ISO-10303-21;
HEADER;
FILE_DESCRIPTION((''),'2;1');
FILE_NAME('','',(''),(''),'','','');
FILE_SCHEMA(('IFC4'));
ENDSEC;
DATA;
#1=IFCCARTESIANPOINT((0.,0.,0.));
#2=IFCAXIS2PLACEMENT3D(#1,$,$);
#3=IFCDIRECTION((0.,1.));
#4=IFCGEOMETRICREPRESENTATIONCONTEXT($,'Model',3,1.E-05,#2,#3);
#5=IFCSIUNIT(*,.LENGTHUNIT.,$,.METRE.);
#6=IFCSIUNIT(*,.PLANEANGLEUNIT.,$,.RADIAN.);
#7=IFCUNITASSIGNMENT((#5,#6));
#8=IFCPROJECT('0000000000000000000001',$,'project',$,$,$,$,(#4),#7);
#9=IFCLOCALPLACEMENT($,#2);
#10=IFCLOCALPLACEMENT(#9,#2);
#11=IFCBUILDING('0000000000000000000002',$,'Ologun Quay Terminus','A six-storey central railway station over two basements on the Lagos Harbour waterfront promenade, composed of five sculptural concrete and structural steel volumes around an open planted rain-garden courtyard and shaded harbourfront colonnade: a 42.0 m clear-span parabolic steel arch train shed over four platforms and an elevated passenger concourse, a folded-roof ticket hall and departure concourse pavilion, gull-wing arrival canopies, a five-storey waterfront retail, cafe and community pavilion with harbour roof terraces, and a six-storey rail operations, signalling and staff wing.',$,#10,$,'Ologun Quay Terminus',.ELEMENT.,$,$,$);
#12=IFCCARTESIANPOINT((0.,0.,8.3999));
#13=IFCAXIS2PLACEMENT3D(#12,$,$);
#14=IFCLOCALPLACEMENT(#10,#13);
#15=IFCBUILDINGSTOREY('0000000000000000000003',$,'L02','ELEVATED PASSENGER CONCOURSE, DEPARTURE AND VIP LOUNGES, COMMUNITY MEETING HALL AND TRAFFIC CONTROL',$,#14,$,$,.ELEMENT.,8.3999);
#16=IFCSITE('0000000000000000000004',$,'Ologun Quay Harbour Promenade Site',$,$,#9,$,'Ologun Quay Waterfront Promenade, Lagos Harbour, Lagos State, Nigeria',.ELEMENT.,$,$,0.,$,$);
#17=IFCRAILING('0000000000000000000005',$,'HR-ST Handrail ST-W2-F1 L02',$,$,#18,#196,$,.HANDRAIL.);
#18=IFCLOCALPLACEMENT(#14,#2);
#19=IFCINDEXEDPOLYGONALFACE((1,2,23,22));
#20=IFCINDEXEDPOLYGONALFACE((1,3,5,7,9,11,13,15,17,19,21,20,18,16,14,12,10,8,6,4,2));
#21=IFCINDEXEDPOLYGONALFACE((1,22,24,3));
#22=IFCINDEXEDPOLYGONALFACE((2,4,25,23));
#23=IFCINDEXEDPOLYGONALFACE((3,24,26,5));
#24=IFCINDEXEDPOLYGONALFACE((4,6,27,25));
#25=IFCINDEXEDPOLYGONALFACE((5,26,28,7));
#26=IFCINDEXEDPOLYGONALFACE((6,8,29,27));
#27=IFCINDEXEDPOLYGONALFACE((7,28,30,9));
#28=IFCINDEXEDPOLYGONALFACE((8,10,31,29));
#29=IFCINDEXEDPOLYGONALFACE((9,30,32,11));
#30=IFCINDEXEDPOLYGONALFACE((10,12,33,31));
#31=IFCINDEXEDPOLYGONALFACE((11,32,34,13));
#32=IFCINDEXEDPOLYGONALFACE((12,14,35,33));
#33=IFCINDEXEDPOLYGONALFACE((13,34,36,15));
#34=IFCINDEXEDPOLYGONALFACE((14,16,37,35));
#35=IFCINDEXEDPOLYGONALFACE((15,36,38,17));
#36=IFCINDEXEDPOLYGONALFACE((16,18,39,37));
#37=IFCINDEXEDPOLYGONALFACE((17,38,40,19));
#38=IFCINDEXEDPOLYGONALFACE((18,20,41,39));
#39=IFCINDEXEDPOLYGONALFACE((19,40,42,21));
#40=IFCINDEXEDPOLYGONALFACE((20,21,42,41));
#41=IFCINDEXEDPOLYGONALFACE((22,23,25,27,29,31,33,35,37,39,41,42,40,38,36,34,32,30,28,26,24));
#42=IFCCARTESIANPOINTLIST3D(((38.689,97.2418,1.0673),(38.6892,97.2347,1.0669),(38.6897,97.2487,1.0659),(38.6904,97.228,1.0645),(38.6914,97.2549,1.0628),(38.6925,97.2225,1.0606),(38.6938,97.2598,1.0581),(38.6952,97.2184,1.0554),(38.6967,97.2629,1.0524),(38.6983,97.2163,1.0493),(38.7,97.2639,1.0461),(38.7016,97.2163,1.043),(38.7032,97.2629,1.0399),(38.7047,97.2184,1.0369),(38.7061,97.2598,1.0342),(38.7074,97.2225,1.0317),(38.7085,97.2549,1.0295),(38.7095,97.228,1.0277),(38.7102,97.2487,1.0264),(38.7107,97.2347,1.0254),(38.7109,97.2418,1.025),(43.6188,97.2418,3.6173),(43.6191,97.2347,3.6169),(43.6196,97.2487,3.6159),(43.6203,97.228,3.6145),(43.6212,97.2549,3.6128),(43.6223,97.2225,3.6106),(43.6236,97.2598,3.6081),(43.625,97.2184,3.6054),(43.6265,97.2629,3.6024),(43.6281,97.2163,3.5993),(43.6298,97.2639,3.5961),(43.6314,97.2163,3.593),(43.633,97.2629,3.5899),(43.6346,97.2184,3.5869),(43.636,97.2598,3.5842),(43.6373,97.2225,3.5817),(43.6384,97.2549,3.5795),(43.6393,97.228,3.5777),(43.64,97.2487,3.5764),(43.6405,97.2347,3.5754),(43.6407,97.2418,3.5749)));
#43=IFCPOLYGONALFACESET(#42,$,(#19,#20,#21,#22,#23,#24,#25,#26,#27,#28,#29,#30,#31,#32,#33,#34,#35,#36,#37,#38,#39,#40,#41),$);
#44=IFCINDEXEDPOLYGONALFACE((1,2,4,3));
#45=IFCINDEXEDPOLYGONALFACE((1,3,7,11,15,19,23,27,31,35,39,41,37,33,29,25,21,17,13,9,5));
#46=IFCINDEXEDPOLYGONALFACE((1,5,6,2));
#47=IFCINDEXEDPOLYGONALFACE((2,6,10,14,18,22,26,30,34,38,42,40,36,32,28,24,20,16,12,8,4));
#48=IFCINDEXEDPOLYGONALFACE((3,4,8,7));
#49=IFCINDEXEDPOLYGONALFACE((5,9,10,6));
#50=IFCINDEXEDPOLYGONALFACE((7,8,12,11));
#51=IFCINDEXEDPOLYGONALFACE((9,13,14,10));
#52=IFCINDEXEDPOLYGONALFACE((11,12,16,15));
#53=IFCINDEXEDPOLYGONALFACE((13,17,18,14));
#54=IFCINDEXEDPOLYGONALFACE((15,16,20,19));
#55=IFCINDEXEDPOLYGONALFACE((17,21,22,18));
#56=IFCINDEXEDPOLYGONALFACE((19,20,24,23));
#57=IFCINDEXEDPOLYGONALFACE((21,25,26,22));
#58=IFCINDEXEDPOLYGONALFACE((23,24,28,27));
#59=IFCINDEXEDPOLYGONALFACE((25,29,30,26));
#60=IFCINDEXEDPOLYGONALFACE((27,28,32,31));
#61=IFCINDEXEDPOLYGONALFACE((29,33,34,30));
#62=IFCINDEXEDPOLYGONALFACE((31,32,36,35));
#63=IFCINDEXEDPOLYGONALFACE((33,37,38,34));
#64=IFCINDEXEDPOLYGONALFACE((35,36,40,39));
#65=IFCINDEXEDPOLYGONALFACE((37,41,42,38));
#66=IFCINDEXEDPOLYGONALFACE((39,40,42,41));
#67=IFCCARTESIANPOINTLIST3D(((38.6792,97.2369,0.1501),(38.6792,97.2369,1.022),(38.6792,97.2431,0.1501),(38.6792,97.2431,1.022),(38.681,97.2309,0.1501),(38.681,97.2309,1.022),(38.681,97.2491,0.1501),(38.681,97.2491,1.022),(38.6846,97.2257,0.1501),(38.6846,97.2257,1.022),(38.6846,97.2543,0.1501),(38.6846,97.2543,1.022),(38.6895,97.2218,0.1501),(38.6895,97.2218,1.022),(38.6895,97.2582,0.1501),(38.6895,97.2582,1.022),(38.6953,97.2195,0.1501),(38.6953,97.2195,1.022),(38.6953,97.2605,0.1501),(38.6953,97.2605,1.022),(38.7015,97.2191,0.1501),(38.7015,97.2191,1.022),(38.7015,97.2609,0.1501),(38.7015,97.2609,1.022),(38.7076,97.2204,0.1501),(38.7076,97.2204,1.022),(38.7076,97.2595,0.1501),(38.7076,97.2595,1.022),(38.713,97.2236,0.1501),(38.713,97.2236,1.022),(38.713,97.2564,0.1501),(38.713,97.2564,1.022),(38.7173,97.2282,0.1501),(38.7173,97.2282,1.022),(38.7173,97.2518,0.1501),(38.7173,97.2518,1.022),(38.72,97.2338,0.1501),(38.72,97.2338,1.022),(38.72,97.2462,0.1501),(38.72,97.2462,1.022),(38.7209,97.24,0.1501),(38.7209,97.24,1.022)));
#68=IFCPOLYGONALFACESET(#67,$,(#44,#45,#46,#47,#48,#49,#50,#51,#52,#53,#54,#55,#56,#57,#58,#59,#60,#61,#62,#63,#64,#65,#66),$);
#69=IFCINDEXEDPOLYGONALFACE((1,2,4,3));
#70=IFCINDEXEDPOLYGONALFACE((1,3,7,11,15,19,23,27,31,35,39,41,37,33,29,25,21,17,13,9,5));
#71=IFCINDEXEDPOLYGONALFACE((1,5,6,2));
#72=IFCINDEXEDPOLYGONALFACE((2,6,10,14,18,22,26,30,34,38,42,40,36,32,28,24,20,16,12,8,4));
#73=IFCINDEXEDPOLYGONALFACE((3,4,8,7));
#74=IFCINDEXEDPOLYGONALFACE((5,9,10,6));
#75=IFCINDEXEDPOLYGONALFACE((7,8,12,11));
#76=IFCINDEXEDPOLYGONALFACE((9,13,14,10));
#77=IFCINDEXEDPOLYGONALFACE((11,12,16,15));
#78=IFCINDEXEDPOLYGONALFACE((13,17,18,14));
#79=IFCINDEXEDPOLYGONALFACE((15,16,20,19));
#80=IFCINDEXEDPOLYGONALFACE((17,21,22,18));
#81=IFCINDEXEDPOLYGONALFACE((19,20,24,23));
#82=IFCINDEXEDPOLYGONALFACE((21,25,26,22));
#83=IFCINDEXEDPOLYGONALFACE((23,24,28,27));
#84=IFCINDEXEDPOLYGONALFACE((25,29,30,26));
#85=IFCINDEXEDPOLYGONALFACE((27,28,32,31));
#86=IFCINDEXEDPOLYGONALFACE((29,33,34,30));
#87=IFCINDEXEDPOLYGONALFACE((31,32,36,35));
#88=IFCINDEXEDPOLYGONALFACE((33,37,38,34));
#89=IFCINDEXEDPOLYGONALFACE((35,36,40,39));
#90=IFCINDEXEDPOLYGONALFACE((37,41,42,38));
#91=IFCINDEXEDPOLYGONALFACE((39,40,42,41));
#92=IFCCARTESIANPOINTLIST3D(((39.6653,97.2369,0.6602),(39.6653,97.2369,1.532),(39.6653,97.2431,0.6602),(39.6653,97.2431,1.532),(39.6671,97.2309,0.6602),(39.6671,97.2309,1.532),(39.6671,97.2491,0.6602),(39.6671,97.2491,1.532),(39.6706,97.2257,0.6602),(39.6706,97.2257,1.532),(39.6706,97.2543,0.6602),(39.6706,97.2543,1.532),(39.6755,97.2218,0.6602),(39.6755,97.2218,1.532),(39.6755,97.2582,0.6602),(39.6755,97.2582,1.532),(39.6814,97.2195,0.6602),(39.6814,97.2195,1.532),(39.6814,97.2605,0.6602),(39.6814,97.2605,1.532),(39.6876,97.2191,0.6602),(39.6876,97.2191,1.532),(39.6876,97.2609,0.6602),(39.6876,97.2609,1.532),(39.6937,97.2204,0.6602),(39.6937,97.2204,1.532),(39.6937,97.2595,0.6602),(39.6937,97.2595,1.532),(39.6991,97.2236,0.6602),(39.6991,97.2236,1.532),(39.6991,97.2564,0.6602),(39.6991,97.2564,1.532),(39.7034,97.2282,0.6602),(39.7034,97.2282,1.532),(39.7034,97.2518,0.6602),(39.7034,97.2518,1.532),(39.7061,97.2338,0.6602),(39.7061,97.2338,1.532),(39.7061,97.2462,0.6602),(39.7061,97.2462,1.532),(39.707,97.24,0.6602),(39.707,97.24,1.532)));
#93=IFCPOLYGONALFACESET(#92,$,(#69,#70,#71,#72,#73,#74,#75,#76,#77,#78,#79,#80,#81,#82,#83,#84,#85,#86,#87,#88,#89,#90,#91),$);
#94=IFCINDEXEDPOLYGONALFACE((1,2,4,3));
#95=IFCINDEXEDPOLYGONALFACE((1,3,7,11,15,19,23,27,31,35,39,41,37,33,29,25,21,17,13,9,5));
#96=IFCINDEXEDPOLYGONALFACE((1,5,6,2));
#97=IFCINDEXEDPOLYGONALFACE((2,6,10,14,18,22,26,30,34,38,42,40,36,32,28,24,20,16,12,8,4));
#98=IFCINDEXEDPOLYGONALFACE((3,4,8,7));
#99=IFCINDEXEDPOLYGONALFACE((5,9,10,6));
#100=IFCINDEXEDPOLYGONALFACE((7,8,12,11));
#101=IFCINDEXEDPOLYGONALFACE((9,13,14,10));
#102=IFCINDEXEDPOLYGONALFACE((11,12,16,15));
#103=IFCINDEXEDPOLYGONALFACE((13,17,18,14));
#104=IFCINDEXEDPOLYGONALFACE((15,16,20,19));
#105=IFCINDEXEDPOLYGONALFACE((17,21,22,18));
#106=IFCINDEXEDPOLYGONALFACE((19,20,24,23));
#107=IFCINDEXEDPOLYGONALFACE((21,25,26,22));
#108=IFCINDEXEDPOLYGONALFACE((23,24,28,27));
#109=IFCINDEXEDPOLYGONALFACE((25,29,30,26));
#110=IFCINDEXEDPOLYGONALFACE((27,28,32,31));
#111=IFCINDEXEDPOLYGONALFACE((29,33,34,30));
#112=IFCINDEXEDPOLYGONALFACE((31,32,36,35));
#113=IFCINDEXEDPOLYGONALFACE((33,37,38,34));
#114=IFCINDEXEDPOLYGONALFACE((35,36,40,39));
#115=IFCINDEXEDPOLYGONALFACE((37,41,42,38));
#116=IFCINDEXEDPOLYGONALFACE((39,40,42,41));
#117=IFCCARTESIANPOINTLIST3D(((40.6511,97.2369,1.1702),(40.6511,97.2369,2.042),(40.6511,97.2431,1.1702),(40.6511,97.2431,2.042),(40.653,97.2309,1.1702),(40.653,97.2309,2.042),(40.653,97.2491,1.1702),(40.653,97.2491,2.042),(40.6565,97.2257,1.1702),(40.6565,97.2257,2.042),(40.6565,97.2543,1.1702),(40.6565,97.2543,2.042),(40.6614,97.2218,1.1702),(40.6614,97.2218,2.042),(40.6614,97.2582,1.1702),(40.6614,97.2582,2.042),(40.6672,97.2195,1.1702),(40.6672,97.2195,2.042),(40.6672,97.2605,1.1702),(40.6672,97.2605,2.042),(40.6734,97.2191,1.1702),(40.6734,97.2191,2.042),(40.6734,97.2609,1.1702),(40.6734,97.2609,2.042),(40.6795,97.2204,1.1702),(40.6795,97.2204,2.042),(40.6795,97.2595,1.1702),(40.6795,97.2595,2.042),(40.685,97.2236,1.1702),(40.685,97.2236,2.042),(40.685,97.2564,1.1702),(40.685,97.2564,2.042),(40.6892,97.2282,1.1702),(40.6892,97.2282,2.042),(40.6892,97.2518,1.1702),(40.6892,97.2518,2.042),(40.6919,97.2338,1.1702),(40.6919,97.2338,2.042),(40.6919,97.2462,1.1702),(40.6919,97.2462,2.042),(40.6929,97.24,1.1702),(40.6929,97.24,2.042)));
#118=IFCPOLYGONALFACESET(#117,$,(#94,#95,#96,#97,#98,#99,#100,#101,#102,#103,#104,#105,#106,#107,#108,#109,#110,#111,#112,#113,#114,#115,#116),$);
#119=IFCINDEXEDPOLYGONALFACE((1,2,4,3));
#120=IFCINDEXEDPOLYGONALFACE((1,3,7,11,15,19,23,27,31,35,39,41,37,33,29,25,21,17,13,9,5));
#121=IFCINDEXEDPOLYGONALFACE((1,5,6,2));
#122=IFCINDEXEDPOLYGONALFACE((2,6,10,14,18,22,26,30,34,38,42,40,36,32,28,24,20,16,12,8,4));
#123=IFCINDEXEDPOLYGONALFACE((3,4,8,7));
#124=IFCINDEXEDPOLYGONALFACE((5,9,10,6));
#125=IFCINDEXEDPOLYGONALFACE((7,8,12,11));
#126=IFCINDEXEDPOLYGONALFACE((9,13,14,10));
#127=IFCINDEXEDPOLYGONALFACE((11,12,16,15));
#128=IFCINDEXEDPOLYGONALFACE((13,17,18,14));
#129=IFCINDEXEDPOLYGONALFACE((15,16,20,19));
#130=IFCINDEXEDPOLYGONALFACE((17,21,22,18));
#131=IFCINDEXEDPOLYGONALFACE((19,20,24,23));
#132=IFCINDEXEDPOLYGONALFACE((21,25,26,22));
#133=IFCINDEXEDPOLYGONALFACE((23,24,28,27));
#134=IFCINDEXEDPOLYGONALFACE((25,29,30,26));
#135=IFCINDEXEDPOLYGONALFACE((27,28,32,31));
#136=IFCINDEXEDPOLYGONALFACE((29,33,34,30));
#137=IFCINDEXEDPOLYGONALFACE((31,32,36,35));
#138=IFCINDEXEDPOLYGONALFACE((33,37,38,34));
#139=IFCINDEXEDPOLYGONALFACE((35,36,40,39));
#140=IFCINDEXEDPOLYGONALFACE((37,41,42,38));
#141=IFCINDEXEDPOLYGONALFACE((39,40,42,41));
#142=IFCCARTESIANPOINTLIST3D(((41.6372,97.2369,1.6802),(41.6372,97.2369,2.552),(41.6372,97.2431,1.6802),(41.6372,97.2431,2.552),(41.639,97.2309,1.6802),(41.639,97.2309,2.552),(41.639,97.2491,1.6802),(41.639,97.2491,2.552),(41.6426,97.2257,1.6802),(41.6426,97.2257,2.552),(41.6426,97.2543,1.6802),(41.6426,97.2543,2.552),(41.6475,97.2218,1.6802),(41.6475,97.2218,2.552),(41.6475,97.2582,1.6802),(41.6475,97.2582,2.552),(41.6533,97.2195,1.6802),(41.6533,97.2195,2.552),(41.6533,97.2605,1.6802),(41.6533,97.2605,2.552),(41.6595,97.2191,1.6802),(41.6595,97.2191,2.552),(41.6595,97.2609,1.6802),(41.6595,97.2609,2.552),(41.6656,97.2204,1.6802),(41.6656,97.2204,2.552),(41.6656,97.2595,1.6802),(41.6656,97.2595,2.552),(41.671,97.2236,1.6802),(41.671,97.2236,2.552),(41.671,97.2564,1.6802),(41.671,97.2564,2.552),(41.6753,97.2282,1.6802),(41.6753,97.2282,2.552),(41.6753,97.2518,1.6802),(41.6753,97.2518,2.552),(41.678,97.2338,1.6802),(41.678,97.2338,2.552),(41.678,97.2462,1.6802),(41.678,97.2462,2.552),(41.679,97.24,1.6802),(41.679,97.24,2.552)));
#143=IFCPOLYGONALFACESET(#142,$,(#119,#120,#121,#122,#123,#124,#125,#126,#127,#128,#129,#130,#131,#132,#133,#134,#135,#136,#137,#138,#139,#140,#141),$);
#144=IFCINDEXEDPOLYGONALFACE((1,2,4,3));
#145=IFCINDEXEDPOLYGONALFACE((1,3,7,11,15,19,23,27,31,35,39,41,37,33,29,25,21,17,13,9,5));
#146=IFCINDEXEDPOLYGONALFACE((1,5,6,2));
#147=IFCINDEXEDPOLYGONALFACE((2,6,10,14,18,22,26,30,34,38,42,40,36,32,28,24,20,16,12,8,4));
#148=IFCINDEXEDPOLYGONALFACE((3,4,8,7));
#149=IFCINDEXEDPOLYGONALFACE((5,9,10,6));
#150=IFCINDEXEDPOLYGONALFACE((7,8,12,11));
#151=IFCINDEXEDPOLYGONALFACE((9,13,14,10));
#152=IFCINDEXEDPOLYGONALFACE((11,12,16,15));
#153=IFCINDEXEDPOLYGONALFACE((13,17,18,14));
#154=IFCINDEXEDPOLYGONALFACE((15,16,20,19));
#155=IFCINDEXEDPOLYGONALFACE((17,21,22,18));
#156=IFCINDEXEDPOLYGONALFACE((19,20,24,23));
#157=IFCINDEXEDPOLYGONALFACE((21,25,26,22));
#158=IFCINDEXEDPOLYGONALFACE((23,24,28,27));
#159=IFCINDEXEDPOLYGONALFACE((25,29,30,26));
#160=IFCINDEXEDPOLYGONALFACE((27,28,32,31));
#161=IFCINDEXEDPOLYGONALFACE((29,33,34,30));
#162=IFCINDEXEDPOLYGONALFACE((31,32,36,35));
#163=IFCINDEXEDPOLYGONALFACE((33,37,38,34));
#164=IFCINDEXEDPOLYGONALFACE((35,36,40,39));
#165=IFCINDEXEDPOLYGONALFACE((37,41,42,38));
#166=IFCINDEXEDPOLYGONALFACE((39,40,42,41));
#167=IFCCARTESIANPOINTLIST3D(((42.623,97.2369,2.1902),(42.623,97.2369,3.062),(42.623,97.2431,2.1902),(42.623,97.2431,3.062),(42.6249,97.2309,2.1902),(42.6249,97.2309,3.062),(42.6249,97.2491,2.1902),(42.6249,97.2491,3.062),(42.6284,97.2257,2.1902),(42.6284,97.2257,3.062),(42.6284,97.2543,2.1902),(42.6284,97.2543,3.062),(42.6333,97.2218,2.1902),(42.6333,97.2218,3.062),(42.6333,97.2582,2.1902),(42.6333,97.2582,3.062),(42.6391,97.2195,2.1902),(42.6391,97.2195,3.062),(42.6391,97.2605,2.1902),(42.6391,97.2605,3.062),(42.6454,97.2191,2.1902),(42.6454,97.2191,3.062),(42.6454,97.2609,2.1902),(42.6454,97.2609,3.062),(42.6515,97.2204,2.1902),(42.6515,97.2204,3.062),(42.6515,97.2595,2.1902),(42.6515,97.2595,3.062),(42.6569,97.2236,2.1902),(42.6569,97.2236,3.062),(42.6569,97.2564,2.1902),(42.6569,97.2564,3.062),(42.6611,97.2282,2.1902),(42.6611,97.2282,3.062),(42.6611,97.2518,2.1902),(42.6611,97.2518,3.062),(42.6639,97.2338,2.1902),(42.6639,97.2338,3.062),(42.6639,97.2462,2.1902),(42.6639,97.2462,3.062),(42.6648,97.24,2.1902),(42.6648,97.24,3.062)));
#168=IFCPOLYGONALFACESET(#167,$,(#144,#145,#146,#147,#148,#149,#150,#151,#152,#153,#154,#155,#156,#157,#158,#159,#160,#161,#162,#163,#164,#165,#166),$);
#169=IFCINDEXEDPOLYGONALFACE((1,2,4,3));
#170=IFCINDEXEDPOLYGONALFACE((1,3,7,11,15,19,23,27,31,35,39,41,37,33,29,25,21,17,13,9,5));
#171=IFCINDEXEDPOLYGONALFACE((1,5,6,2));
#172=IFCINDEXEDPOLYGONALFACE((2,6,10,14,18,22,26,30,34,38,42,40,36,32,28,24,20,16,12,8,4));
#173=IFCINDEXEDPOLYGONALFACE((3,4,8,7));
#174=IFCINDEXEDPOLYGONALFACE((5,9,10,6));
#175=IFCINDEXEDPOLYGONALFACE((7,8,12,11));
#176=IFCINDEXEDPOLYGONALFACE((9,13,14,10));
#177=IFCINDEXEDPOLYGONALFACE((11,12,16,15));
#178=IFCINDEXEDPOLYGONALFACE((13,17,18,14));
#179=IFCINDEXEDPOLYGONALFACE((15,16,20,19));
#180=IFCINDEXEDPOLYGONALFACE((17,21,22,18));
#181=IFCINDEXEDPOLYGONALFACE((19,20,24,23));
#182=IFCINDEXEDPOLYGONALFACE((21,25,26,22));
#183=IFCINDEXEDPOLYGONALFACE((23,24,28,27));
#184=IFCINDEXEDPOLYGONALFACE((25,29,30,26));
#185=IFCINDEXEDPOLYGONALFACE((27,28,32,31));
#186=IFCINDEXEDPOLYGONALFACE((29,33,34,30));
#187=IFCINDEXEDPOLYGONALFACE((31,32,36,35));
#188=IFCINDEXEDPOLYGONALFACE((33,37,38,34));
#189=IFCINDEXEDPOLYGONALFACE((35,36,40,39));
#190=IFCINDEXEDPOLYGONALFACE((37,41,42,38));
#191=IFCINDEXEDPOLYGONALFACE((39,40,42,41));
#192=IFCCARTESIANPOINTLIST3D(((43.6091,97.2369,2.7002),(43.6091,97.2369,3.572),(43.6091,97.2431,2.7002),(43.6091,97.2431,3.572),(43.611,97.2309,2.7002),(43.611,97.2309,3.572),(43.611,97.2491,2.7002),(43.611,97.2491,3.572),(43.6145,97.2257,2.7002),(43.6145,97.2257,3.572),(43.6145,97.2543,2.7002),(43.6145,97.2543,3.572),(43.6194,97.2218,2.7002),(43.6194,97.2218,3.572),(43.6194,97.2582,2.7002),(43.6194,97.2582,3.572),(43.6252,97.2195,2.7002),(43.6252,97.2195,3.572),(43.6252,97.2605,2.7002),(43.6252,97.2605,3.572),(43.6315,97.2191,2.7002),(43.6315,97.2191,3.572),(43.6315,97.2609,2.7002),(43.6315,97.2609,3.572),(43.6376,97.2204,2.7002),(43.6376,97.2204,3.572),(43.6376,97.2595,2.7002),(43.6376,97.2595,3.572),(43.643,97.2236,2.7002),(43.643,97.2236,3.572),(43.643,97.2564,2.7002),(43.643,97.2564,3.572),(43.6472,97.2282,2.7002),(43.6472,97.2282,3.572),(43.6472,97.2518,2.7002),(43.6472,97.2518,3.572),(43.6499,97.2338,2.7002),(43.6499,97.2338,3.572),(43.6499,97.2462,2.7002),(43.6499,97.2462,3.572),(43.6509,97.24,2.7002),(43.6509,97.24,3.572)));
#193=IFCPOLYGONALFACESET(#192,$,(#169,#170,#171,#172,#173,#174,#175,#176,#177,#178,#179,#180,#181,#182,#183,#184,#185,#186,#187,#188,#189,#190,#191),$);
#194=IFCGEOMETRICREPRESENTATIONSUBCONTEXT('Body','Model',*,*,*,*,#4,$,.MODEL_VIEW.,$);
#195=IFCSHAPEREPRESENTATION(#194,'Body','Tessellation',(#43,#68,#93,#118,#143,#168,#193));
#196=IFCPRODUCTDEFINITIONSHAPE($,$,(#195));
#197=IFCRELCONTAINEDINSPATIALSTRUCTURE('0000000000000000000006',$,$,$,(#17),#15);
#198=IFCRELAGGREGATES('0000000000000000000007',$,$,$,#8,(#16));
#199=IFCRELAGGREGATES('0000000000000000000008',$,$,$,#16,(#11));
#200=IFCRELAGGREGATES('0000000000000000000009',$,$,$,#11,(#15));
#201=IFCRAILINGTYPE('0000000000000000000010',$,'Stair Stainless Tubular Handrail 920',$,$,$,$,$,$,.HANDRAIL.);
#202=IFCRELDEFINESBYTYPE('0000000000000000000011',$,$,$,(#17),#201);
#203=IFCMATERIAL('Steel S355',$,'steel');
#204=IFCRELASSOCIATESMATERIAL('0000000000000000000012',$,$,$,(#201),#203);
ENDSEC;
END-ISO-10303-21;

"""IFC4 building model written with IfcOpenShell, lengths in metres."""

from ifc_helpers import new_model, si_unit, direction, frame, origin, origin_2d, place, context, subcontext, project, spatial, circle, extrude, material, type_object, element, save


model = new_model("IFC4")

# Units and contexts
model_context = context("Model", 3, precision=1e-05, world=origin(), true_north=direction((0.0, 1.0)))
body_context = subcontext(model_context, "Body", "Model", "MODEL_VIEW")
ifc_project = project(units=[si_unit("LENGTHUNIT", "METRE"), si_unit("PLANEANGLEUNIT", "RADIAN")], contexts=[model_context])

# Site, building, storey
site_placement = place(None, origin())
site = spatial("IfcSite", under=ifc_project, at=site_placement, Name="Ologun Quay Harbour Promenade Site", LongName="Ologun Quay Waterfront Promenade, Lagos Harbour, Lagos State, Nigeria", CompositionType="ELEMENT", RefElevation=0.0)
building_placement = place(site_placement, origin())
building = spatial("IfcBuilding", under=site, at=building_placement, Name="Ologun Quay Terminus", Description="A six-storey central railway station over two basements on the Lagos Harbour waterfront promenade, composed of five sculptural concrete and structural steel volumes around an open planted rain-garden courtyard and shaded harbourfront colonnade: a 42.0 m clear-span parabolic steel arch train shed over four platforms and an elevated passenger concourse, a folded-roof ticket hall and departure concourse pavilion, gull-wing arrival canopies, a five-storey waterfront retail, cafe and community pavilion with harbour roof terraces, and a six-storey rail operations, signalling and staff wing.", LongName="Ologun Quay Terminus", CompositionType="ELEMENT")
storey_placement = place(building_placement, frame((0.0, 0.0, 8.3999)))
storey = spatial("IfcBuildingStorey", under=building, at=storey_placement, Name="L02", Description="ELEVATED PASSENGER CONCOURSE, DEPARTURE AND VIP LOUNGES, COMMUNITY MEETING HALL AND TRAFFIC CONTROL", CompositionType="ELEMENT", Elevation=8.3999)

# Railing
ifc_material_1 = material(Name="Steel S355", Category="steel")
railing_type_1 = type_object("IfcRailingType", Name="Stair Stainless Tubular Handrail 920", PredefinedType="HANDRAIL", material=ifc_material_1)
railing_1_placement = place(storey_placement, frame((38.7, 97.24, 0.1501)))
element("IfcRailing", 1, at=railing_1_placement, inside=storey, type_object=railing_type_1, Name="HR-ST Handrail ST-W2-F1 L02", PredefinedType="HANDRAIL", context=body_context, shape_type="SweptSolid", body=[
    extrude(circle(Radius=0.0239, at=origin_2d()), frame((0.0, 0.0, 0.896), z_axis=(0.888211, 0.0, 0.459435), x_axis=(0.0, 1.0, 0.0)), (0.0, 0.0, 1.0), 5.5503),
    extrude(circle(Radius=0.021, at=origin_2d()), origin(), (0.0, 0.0, 1.0), 0.8718),
    extrude(circle(Radius=0.021, at=origin_2d()), frame((0.9861, 0.0, 0.51)), (0.0, 0.0, 1.0), 0.8718),
    extrude(circle(Radius=0.021, at=origin_2d()), frame((1.9719, 0.0, 1.02)), (0.0, 0.0, 1.0), 0.8718),
    extrude(circle(Radius=0.021, at=origin_2d()), frame((2.958, 0.0, 1.53)), (0.0, 0.0, 1.0), 0.8718),
    extrude(circle(Radius=0.021, at=origin_2d()), frame((3.9438, 0.0, 2.04)), (0.0, 0.0, 1.0), 0.8718),
    extrude(circle(Radius=0.021, at=origin_2d()), frame((4.9299, 0.0, 2.55)), (0.0, 0.0, 1.0), 0.8718),
])

save(model, "model.ifc")
